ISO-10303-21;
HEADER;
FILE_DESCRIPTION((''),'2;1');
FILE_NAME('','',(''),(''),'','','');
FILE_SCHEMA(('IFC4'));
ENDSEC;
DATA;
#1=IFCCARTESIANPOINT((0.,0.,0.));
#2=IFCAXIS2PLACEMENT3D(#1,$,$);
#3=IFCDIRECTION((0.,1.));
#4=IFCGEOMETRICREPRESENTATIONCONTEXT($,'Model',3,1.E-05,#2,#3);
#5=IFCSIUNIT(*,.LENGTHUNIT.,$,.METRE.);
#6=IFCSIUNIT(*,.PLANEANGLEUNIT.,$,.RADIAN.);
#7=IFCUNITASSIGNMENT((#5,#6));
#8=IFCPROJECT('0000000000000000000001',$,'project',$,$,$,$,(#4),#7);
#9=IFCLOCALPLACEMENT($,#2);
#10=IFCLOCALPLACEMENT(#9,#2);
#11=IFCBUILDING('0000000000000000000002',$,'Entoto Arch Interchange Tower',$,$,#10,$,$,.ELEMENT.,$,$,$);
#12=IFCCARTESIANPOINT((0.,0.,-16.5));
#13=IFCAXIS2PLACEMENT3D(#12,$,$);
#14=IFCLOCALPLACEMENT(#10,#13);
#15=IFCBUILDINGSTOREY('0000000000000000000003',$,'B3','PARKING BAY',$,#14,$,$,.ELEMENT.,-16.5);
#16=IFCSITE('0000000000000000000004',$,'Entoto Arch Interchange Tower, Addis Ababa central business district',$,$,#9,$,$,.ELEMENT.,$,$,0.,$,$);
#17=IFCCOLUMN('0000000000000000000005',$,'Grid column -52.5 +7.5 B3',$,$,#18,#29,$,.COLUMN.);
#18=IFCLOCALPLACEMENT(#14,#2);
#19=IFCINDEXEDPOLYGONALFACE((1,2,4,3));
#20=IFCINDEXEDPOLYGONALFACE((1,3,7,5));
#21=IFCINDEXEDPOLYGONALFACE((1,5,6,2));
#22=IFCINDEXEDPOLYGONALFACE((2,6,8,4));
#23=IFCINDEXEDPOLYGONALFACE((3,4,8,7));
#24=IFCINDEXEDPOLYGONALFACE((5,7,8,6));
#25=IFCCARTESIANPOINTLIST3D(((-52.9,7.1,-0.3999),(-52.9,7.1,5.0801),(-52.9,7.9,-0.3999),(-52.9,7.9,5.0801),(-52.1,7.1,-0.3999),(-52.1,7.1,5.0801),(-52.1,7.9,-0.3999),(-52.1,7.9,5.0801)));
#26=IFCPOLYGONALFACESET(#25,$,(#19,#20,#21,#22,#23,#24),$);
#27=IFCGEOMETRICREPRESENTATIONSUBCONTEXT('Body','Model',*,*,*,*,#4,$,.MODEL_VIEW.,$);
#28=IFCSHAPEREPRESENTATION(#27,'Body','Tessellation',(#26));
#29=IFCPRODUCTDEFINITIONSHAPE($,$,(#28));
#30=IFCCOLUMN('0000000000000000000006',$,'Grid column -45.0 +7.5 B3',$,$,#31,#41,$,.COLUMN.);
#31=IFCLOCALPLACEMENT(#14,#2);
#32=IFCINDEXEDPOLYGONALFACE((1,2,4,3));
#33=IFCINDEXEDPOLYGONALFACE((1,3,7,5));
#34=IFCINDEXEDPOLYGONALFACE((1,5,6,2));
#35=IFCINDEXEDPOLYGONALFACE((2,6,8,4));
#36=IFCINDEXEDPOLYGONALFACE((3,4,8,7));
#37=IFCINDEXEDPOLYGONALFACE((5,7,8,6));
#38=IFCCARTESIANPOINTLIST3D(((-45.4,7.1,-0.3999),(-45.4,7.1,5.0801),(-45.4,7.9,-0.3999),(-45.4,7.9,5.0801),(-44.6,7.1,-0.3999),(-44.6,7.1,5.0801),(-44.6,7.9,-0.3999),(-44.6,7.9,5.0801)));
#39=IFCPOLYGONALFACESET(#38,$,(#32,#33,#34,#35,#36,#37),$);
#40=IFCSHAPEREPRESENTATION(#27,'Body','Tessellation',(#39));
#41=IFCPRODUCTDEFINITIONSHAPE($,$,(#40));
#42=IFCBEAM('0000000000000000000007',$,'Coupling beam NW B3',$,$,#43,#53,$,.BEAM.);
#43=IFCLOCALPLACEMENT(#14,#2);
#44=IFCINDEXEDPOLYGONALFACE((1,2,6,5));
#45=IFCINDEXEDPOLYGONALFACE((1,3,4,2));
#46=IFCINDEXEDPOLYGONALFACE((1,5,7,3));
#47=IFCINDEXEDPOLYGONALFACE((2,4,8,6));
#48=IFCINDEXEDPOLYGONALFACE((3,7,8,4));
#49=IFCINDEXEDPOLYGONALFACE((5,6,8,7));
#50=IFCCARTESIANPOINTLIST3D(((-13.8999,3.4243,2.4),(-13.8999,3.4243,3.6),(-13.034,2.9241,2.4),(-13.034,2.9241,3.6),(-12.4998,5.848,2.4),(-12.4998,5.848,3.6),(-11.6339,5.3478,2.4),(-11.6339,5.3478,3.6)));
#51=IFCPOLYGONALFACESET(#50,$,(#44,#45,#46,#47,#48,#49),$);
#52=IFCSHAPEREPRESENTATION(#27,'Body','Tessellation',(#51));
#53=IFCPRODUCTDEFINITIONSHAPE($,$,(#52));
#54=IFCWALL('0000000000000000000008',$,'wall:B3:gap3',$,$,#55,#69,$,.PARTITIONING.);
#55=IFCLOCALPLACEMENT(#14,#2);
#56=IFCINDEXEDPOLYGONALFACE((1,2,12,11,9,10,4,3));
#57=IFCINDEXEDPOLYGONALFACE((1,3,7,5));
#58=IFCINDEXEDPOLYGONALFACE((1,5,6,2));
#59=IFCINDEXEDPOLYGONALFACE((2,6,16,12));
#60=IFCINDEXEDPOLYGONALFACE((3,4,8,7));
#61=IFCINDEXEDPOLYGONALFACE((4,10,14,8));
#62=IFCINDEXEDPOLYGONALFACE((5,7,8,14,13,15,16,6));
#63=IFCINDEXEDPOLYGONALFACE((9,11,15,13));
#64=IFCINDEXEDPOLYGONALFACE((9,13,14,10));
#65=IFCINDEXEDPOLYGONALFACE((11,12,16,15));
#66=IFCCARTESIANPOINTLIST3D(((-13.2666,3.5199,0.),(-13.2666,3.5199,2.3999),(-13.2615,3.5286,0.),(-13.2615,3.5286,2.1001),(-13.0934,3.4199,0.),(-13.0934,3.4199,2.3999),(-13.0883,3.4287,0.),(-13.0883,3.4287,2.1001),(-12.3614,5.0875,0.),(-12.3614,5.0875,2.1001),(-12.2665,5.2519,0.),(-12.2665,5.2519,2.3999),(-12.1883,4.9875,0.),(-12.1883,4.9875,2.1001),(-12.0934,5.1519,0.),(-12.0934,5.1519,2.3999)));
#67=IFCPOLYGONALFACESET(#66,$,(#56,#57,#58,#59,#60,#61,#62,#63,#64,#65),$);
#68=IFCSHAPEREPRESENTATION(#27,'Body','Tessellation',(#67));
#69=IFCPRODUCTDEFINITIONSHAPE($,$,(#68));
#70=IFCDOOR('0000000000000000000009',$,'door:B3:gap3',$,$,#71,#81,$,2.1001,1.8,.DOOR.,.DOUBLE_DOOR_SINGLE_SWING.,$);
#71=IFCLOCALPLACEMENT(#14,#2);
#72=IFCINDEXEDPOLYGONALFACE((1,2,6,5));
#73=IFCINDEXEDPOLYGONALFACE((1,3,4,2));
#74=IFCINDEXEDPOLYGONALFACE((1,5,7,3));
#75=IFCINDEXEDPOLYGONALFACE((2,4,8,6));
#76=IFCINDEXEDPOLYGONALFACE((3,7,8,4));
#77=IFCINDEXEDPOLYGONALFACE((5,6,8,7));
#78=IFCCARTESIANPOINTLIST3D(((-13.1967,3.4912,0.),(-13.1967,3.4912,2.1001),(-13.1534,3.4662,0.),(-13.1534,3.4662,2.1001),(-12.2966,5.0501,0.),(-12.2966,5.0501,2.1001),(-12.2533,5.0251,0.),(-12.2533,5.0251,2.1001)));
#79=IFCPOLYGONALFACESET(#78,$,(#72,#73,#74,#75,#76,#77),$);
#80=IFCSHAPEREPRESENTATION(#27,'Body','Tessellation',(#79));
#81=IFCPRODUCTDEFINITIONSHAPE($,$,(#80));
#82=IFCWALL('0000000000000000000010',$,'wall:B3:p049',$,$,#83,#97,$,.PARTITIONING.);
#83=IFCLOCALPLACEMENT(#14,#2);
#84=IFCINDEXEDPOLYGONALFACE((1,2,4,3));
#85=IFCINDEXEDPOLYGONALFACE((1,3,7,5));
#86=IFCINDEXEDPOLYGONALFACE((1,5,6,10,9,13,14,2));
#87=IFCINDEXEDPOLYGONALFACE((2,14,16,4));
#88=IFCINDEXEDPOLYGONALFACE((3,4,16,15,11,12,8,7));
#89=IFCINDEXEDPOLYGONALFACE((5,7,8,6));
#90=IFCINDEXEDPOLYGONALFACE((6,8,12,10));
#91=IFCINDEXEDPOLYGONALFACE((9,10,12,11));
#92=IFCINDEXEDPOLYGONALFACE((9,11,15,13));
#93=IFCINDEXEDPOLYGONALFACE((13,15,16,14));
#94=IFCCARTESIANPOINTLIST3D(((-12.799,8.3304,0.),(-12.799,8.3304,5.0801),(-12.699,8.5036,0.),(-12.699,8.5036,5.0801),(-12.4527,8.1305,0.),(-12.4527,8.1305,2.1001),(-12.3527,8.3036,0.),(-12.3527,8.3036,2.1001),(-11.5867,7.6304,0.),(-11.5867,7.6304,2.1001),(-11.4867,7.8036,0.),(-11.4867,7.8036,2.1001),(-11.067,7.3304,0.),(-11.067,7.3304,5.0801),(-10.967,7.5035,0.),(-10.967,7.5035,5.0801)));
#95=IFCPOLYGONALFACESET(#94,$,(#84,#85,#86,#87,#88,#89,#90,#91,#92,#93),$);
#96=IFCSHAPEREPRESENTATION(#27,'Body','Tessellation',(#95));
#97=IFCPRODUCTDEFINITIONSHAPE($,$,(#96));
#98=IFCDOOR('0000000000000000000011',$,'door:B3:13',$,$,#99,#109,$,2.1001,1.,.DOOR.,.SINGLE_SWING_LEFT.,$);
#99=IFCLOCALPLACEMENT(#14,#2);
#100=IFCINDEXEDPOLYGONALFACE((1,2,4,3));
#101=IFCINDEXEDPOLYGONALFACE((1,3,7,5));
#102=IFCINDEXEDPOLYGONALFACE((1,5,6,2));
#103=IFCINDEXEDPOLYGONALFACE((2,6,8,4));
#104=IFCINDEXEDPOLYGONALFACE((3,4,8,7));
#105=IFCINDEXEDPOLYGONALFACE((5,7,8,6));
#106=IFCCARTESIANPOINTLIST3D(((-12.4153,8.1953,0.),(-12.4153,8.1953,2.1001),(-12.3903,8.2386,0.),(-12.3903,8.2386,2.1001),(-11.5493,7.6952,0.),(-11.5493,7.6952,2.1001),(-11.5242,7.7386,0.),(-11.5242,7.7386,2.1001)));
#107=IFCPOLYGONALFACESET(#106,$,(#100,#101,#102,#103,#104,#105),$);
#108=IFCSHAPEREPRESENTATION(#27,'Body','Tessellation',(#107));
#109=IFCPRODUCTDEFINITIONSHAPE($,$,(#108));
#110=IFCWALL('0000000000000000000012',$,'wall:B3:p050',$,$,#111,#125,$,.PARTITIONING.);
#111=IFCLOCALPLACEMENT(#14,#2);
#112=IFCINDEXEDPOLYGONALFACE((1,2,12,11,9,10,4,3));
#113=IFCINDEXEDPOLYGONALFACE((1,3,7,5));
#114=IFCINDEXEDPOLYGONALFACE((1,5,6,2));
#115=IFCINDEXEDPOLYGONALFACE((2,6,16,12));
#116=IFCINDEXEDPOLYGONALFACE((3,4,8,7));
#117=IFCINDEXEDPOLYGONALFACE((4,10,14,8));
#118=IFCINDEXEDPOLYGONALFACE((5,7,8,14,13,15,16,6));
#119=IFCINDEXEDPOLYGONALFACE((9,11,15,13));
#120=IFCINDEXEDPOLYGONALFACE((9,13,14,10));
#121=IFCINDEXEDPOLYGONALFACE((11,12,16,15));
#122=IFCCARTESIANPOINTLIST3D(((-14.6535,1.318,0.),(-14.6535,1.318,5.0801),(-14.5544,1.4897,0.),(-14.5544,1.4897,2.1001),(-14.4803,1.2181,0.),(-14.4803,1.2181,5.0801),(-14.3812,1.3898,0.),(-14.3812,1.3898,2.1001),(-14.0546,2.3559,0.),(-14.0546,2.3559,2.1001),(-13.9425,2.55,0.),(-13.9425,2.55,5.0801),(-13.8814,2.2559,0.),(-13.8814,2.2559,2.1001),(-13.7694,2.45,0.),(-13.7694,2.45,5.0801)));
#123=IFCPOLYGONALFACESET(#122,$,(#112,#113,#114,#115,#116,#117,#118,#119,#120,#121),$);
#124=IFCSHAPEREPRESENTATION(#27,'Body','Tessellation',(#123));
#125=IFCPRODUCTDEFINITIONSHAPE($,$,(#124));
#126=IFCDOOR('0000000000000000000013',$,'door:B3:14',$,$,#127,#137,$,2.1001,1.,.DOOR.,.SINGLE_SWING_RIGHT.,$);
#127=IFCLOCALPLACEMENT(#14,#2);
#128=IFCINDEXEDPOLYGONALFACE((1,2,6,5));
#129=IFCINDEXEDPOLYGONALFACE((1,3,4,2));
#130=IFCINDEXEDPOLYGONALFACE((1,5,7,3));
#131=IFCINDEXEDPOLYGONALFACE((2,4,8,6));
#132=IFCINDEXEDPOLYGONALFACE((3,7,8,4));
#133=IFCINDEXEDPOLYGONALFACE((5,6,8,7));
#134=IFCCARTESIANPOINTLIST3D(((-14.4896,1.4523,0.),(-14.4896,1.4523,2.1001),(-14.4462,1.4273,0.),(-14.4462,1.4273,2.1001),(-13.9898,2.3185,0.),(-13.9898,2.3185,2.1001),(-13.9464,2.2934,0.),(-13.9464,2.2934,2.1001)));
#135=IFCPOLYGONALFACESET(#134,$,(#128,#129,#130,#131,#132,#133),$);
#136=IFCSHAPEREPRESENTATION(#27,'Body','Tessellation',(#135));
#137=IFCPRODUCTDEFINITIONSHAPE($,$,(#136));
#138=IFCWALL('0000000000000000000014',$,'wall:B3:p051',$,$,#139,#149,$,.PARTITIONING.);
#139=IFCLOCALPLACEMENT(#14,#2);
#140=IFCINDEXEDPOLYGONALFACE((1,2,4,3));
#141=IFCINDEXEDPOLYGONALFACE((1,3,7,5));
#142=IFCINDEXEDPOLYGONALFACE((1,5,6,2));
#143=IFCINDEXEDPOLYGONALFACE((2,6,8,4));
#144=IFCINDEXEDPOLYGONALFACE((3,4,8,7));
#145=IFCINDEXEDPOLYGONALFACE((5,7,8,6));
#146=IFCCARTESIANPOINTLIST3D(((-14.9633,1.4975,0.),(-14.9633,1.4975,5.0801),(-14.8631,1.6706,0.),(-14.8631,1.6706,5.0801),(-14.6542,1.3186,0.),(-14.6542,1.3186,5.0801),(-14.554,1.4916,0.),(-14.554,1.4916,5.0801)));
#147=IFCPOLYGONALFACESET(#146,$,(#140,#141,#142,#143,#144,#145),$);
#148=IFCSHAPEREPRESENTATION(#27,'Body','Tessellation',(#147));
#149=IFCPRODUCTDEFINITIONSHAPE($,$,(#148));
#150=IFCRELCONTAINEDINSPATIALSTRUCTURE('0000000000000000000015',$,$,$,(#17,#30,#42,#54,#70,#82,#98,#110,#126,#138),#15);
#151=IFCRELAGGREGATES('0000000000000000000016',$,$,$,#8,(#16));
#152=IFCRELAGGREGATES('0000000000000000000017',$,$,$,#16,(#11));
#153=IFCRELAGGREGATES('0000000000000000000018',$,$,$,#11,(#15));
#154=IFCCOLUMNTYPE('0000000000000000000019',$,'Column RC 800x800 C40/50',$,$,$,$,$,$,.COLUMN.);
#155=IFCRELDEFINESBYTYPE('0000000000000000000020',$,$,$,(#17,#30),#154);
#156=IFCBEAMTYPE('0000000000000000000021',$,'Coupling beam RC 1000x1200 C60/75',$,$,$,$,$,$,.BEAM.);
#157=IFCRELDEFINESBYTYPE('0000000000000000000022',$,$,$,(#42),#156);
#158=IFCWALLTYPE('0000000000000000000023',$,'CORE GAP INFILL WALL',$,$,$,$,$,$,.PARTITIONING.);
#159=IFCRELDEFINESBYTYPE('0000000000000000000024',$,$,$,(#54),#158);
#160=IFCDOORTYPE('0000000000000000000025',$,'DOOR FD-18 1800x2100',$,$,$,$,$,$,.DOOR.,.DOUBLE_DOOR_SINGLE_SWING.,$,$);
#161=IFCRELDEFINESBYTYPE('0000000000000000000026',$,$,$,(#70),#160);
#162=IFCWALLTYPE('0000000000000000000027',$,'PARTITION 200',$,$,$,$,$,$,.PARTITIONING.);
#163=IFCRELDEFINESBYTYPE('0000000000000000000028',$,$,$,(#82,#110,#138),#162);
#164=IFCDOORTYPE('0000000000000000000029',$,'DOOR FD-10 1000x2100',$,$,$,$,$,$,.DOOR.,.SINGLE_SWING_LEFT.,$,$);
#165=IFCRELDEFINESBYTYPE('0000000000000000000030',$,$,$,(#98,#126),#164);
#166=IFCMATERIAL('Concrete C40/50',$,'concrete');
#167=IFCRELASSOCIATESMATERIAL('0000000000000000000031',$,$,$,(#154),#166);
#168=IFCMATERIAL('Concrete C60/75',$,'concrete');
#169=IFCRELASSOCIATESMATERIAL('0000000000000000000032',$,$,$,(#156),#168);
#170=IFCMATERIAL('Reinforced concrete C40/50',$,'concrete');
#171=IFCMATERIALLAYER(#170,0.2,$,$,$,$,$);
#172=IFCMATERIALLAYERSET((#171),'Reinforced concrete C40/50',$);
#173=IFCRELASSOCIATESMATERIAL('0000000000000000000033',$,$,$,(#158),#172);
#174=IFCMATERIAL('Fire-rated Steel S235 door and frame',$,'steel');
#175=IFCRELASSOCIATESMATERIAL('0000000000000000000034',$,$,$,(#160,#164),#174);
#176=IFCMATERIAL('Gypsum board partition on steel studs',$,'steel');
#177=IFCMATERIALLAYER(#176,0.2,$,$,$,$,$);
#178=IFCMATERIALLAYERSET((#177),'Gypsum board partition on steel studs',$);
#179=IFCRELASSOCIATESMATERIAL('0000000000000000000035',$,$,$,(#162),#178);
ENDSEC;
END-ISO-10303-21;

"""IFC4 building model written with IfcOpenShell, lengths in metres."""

from ifc_helpers import new_model, si_unit, direction, frame, frame_2d, origin, origin_2d, place, context, subcontext, project, spatial, rectangle, extrude, material, layer, layer_set, material_profile, profile_set, type_object, element, fill, save


model = new_model("IFC4")

# Units and contexts
model_context = context("Model", 3, precision=1e-05, world=origin(), true_north=direction((0.0, 1.0)))
body_context = subcontext(model_context, "Body", "Model", "MODEL_VIEW")
ifc_project = project(units=[si_unit("LENGTHUNIT", "METRE"), si_unit("PLANEANGLEUNIT", "RADIAN")], contexts=[model_context])

# Site, building, storey
site_placement = place(None, origin())
site = spatial("IfcSite", under=ifc_project, at=site_placement, Name="Entoto Arch Interchange Tower, Addis Ababa central business district", CompositionType="ELEMENT", RefElevation=0.0)
building_placement = place(site_placement, origin())
building = spatial("IfcBuilding", under=site, at=building_placement, Name="Entoto Arch Interchange Tower", CompositionType="ELEMENT")
storey_placement = place(building_placement, frame((0.0, 0.0, -16.5)))
storey = spatial("IfcBuildingStorey", under=building, at=storey_placement, Name="B3", Description="PARKING BAY", CompositionType="ELEMENT", Elevation=-16.5)

# Columns
ifc_material_1 = material(Name="Concrete C60/75", Category="concrete")
ifc_material_2 = material(Name="Concrete C40/50", Category="concrete")
ifc_material_profile_1 = material_profile(ifc_material_2, rectangle(XDim=0.8, YDim=0.8, at=origin_2d()))
ifc_profile_set_1 = profile_set([ifc_material_profile_1], Name="Concrete C40/50")
column_type_1 = type_object("IfcColumnType", Name="Column RC 800x800 C40/50", PredefinedType="COLUMN", material=ifc_profile_set_1)
for number, where, z_axis, x_axis, name in (
    (1, (-52.5, 7.5, -0.3999), (0.0, 0.0, 1.0), (1.0, 0.0, 0.0), "Grid column -52.5 +7.5 B3"),
    (2, (-45.0, 7.5, -0.3999), (0.0, 0.0, 1.0), (1.0, 0.0, 0.0), "Grid column -45.0 +7.5 B3"),
):
    element("IfcColumn", number, at=place(storey_placement, frame(where, z_axis=z_axis, x_axis=x_axis)), inside=storey, type_object=column_type_1, Name=name, PredefinedType="COLUMN", context=body_context, shape_type="SweptSolid", body=[
        extrude(rectangle(XDim=0.8, YDim=0.8, at=origin_2d()), origin(), (0.0, 0.0, 1.0), 5.48),
    ])

# Beam
ifc_material_profile_2 = material_profile(ifc_material_1, rectangle(XDim=1.0, YDim=1.2, at=origin_2d()))
ifc_profile_set_2 = profile_set([ifc_material_profile_2], Name="Concrete C60/75")
beam_type = type_object("IfcBeamType", Name="Coupling beam RC 1000x1200 C60/75", PredefinedType="BEAM", material=ifc_profile_set_2)
beam_placement = place(storey_placement, frame((-12.0669, 5.5979, 3.0), z_axis=(-0.500201, -0.86591, 0.0), x_axis=(0.86591, -0.500201, 0.0)))
element("IfcBeam", 3, at=beam_placement, inside=storey, type_object=beam_type, Name="Coupling beam NW B3", PredefinedType="BEAM", context=body_context, shape_type="SweptSolid", body=[
    extrude(rectangle(XDim=1.0, YDim=1.2, at=origin_2d()), origin(), (0.0, 0.0, 1.0), 2.7991),
])

# Walls, openings, doors
ifc_material_3 = material(Name="Reinforced concrete C40/50", Category="concrete")
ifc_layer_1 = layer(ifc_material_3, 0.2)
ifc_layer_set_1 = layer_set([ifc_layer_1], Name="Reinforced concrete C40/50")
wall_type_1 = type_object("IfcWallType", Name="CORE GAP INFILL WALL", PredefinedType="PARTITIONING", material=ifc_layer_set_1)
wall_1_placement = place(storey_placement, frame((-12.1799, 5.2019, 0.0), z_axis=(0.0, 0.0, 1.0), x_axis=(-0.500025, -0.866011, 0.0)))
wall_1 = element("IfcWall", 4, at=wall_1_placement, inside=storey, type_object=wall_type_1, Name="wall:B3:gap3", PredefinedType="PARTITIONING", context=body_context, shape_type="SweptSolid", body=[
    extrude(rectangle(XDim=2.0, YDim=0.2, at=frame_2d((1.0, 0.0))), origin(), (0.0, 0.0, 1.0), 2.3999),
])
opening_1_placement = place(wall_1_placement, frame((0.1899, 0.0, 0.0)))
opening_1 = element("IfcOpeningElement", 5, at=opening_1_placement, cuts=wall_1, PredefinedType="OPENING", context=body_context, shape_type="SweptSolid", body=[
    extrude(rectangle(XDim=1.8, YDim=2.1001, at=frame_2d((0.8999, 1.05))), frame((0.0, 0.1099, 0.0), z_axis=(0.0, -1.0, 0.0), x_axis=(1.0, 0.0, 0.0)), (0.0, 0.0, 1.0), 0.22),
])
ifc_material_4 = material(Name="Fire-rated Steel S235 door and frame", Category="steel")
door_type_1 = type_object("IfcDoorType", Name="DOOR FD-18 1800x2100", OperationType="DOUBLE_DOOR_SINGLE_SWING", PredefinedType="DOOR", material=ifc_material_4)
door_1_placement = place(opening_1_placement, origin())
door_1 = element("IfcDoor", 6, at=door_1_placement, inside=storey, type_object=door_type_1, Name="door:B3:gap3", OperationType="DOUBLE_DOOR_SINGLE_SWING", OverallHeight=2.1001, OverallWidth=1.8, PredefinedType="DOOR", context=body_context, shape_type="SweptSolid", body=[
    extrude(rectangle(XDim=1.8, YDim=2.1001, at=frame_2d((0.8999, 1.05))), frame((0.0, 0.0249, 0.0), z_axis=(0.0, -1.0, 0.0), x_axis=(1.0, 0.0, 0.0)), (0.0, 0.0, 1.0), 0.05),
])
fill(opening_1, door_1)
ifc_material_5 = material(Name="Gypsum board partition on steel studs", Category="steel")
ifc_layer_2 = layer(ifc_material_5, 0.2)
ifc_layer_set_2 = layer_set([ifc_layer_2], Name="Gypsum board partition on steel studs")
wall_type_2 = type_object("IfcWallType", Name="PARTITION 200", PredefinedType="PARTITIONING", material=ifc_layer_set_2)
wall_2_placement = place(storey_placement, frame((-12.749, 8.417, 0.0), z_axis=(0.0, 0.0, 1.0), x_axis=(0.866011, -0.500025, 0.0)))
wall_2 = element("IfcWall", 7, at=wall_2_placement, inside=storey, type_object=wall_type_2, Name="wall:B3:p049", PredefinedType="PARTITIONING", context=body_context, shape_type="SweptSolid", body=[
    extrude(rectangle(XDim=2.0, YDim=0.2, at=frame_2d((1.0, 0.0))), origin(), (0.0, 0.0, 1.0), 5.0801),
])
opening_2_placement = place(wall_2_placement, frame((0.3999, 0.0, 0.0)))
opening_2 = element("IfcOpeningElement", 8, at=opening_2_placement, cuts=wall_2, PredefinedType="OPENING", context=body_context, shape_type="SweptSolid", body=[
    extrude(rectangle(XDim=1.0, YDim=2.1001, at=frame_2d((0.5, 1.05))), frame((0.0, 0.1099, 0.0), z_axis=(0.0, -1.0, 0.0), x_axis=(1.0, 0.0, 0.0)), (0.0, 0.0, 1.0), 0.22),
])
door_type_2 = type_object("IfcDoorType", Name="DOOR FD-10 1000x2100", OperationType="SINGLE_SWING_LEFT", PredefinedType="DOOR", material=ifc_material_4)
door_2_placement = place(opening_2_placement, origin())
door_2 = element("IfcDoor", 9, at=door_2_placement, inside=storey, type_object=door_type_2, Name="door:B3:13", OperationType="SINGLE_SWING_LEFT", OverallHeight=2.1001, OverallWidth=1.0, PredefinedType="DOOR", context=body_context, shape_type="SweptSolid", body=[
    extrude(rectangle(XDim=1.0, YDim=2.1001, at=frame_2d((0.5, 1.05))), frame((0.0, 0.0249, 0.0), z_axis=(0.0, -1.0, 0.0), x_axis=(1.0, 0.0, 0.0)), (0.0, 0.0, 1.0), 0.05),
])
fill(opening_2, door_2)
wall_3_placement = place(storey_placement, frame((-13.856, 2.5, 0.0), z_axis=(0.0, 0.0, 1.0), x_axis=(-0.499831, -0.866123, 0.0)))
wall_3 = element("IfcWall", 10, at=wall_3_placement, inside=storey, type_object=wall_type_2, Name="wall:B3:p050", PredefinedType="PARTITIONING", context=body_context, shape_type="SweptSolid", body=[
    extrude(rectangle(XDim=1.4224, YDim=0.2, at=frame_2d((0.7112, 0.0))), origin(), (0.0, 0.0, 1.0), 5.0801),
])
opening_3_placement = place(wall_3_placement, frame((0.2241, 0.0, 0.0)))
opening_3 = element("IfcOpeningElement", 11, at=opening_3_placement, cuts=wall_3, PredefinedType="OPENING", context=body_context, shape_type="SweptSolid", body=[
    extrude(rectangle(XDim=1.0, YDim=2.1001, at=frame_2d((0.5, 1.05))), frame((0.0, 0.1099, 0.0), z_axis=(0.0, -1.0, 0.0), x_axis=(1.0, 0.0, 0.0)), (0.0, 0.0, 1.0), 0.22),
])
door_3_placement = place(opening_3_placement, origin())
door_3 = element("IfcDoor", 12, at=door_3_placement, inside=storey, type_object=door_type_2, Name="door:B3:14", OperationType="SINGLE_SWING_RIGHT", OverallHeight=2.1001, OverallWidth=1.0, PredefinedType="DOOR", context=body_context, shape_type="SweptSolid", body=[
    extrude(rectangle(XDim=1.0, YDim=2.1001, at=frame_2d((0.5, 1.05))), frame((0.0, 0.0249, 0.0), z_axis=(0.0, -1.0, 0.0), x_axis=(1.0, 0.0, 0.0)), (0.0, 0.0, 1.0), 0.05),
])
fill(opening_3, door_3)

# Wall
wall_4_placement = place(storey_placement, frame((-14.604, 1.405, 0.0), z_axis=(0.0, 0.0, 1.0), x_axis=(-0.865411, 0.501063, 0.0)))
element("IfcWall", 13, at=wall_4_placement, inside=storey, type_object=wall_type_2, Name="wall:B3:p051", PredefinedType="PARTITIONING", context=body_context, shape_type="SweptSolid", body=[
    extrude(rectangle(XDim=0.3572, YDim=0.2, at=frame_2d((0.1787, 0.0))), origin(), (0.0, 0.0, 1.0), 5.0801),
])

save(model, "model.ifc")
